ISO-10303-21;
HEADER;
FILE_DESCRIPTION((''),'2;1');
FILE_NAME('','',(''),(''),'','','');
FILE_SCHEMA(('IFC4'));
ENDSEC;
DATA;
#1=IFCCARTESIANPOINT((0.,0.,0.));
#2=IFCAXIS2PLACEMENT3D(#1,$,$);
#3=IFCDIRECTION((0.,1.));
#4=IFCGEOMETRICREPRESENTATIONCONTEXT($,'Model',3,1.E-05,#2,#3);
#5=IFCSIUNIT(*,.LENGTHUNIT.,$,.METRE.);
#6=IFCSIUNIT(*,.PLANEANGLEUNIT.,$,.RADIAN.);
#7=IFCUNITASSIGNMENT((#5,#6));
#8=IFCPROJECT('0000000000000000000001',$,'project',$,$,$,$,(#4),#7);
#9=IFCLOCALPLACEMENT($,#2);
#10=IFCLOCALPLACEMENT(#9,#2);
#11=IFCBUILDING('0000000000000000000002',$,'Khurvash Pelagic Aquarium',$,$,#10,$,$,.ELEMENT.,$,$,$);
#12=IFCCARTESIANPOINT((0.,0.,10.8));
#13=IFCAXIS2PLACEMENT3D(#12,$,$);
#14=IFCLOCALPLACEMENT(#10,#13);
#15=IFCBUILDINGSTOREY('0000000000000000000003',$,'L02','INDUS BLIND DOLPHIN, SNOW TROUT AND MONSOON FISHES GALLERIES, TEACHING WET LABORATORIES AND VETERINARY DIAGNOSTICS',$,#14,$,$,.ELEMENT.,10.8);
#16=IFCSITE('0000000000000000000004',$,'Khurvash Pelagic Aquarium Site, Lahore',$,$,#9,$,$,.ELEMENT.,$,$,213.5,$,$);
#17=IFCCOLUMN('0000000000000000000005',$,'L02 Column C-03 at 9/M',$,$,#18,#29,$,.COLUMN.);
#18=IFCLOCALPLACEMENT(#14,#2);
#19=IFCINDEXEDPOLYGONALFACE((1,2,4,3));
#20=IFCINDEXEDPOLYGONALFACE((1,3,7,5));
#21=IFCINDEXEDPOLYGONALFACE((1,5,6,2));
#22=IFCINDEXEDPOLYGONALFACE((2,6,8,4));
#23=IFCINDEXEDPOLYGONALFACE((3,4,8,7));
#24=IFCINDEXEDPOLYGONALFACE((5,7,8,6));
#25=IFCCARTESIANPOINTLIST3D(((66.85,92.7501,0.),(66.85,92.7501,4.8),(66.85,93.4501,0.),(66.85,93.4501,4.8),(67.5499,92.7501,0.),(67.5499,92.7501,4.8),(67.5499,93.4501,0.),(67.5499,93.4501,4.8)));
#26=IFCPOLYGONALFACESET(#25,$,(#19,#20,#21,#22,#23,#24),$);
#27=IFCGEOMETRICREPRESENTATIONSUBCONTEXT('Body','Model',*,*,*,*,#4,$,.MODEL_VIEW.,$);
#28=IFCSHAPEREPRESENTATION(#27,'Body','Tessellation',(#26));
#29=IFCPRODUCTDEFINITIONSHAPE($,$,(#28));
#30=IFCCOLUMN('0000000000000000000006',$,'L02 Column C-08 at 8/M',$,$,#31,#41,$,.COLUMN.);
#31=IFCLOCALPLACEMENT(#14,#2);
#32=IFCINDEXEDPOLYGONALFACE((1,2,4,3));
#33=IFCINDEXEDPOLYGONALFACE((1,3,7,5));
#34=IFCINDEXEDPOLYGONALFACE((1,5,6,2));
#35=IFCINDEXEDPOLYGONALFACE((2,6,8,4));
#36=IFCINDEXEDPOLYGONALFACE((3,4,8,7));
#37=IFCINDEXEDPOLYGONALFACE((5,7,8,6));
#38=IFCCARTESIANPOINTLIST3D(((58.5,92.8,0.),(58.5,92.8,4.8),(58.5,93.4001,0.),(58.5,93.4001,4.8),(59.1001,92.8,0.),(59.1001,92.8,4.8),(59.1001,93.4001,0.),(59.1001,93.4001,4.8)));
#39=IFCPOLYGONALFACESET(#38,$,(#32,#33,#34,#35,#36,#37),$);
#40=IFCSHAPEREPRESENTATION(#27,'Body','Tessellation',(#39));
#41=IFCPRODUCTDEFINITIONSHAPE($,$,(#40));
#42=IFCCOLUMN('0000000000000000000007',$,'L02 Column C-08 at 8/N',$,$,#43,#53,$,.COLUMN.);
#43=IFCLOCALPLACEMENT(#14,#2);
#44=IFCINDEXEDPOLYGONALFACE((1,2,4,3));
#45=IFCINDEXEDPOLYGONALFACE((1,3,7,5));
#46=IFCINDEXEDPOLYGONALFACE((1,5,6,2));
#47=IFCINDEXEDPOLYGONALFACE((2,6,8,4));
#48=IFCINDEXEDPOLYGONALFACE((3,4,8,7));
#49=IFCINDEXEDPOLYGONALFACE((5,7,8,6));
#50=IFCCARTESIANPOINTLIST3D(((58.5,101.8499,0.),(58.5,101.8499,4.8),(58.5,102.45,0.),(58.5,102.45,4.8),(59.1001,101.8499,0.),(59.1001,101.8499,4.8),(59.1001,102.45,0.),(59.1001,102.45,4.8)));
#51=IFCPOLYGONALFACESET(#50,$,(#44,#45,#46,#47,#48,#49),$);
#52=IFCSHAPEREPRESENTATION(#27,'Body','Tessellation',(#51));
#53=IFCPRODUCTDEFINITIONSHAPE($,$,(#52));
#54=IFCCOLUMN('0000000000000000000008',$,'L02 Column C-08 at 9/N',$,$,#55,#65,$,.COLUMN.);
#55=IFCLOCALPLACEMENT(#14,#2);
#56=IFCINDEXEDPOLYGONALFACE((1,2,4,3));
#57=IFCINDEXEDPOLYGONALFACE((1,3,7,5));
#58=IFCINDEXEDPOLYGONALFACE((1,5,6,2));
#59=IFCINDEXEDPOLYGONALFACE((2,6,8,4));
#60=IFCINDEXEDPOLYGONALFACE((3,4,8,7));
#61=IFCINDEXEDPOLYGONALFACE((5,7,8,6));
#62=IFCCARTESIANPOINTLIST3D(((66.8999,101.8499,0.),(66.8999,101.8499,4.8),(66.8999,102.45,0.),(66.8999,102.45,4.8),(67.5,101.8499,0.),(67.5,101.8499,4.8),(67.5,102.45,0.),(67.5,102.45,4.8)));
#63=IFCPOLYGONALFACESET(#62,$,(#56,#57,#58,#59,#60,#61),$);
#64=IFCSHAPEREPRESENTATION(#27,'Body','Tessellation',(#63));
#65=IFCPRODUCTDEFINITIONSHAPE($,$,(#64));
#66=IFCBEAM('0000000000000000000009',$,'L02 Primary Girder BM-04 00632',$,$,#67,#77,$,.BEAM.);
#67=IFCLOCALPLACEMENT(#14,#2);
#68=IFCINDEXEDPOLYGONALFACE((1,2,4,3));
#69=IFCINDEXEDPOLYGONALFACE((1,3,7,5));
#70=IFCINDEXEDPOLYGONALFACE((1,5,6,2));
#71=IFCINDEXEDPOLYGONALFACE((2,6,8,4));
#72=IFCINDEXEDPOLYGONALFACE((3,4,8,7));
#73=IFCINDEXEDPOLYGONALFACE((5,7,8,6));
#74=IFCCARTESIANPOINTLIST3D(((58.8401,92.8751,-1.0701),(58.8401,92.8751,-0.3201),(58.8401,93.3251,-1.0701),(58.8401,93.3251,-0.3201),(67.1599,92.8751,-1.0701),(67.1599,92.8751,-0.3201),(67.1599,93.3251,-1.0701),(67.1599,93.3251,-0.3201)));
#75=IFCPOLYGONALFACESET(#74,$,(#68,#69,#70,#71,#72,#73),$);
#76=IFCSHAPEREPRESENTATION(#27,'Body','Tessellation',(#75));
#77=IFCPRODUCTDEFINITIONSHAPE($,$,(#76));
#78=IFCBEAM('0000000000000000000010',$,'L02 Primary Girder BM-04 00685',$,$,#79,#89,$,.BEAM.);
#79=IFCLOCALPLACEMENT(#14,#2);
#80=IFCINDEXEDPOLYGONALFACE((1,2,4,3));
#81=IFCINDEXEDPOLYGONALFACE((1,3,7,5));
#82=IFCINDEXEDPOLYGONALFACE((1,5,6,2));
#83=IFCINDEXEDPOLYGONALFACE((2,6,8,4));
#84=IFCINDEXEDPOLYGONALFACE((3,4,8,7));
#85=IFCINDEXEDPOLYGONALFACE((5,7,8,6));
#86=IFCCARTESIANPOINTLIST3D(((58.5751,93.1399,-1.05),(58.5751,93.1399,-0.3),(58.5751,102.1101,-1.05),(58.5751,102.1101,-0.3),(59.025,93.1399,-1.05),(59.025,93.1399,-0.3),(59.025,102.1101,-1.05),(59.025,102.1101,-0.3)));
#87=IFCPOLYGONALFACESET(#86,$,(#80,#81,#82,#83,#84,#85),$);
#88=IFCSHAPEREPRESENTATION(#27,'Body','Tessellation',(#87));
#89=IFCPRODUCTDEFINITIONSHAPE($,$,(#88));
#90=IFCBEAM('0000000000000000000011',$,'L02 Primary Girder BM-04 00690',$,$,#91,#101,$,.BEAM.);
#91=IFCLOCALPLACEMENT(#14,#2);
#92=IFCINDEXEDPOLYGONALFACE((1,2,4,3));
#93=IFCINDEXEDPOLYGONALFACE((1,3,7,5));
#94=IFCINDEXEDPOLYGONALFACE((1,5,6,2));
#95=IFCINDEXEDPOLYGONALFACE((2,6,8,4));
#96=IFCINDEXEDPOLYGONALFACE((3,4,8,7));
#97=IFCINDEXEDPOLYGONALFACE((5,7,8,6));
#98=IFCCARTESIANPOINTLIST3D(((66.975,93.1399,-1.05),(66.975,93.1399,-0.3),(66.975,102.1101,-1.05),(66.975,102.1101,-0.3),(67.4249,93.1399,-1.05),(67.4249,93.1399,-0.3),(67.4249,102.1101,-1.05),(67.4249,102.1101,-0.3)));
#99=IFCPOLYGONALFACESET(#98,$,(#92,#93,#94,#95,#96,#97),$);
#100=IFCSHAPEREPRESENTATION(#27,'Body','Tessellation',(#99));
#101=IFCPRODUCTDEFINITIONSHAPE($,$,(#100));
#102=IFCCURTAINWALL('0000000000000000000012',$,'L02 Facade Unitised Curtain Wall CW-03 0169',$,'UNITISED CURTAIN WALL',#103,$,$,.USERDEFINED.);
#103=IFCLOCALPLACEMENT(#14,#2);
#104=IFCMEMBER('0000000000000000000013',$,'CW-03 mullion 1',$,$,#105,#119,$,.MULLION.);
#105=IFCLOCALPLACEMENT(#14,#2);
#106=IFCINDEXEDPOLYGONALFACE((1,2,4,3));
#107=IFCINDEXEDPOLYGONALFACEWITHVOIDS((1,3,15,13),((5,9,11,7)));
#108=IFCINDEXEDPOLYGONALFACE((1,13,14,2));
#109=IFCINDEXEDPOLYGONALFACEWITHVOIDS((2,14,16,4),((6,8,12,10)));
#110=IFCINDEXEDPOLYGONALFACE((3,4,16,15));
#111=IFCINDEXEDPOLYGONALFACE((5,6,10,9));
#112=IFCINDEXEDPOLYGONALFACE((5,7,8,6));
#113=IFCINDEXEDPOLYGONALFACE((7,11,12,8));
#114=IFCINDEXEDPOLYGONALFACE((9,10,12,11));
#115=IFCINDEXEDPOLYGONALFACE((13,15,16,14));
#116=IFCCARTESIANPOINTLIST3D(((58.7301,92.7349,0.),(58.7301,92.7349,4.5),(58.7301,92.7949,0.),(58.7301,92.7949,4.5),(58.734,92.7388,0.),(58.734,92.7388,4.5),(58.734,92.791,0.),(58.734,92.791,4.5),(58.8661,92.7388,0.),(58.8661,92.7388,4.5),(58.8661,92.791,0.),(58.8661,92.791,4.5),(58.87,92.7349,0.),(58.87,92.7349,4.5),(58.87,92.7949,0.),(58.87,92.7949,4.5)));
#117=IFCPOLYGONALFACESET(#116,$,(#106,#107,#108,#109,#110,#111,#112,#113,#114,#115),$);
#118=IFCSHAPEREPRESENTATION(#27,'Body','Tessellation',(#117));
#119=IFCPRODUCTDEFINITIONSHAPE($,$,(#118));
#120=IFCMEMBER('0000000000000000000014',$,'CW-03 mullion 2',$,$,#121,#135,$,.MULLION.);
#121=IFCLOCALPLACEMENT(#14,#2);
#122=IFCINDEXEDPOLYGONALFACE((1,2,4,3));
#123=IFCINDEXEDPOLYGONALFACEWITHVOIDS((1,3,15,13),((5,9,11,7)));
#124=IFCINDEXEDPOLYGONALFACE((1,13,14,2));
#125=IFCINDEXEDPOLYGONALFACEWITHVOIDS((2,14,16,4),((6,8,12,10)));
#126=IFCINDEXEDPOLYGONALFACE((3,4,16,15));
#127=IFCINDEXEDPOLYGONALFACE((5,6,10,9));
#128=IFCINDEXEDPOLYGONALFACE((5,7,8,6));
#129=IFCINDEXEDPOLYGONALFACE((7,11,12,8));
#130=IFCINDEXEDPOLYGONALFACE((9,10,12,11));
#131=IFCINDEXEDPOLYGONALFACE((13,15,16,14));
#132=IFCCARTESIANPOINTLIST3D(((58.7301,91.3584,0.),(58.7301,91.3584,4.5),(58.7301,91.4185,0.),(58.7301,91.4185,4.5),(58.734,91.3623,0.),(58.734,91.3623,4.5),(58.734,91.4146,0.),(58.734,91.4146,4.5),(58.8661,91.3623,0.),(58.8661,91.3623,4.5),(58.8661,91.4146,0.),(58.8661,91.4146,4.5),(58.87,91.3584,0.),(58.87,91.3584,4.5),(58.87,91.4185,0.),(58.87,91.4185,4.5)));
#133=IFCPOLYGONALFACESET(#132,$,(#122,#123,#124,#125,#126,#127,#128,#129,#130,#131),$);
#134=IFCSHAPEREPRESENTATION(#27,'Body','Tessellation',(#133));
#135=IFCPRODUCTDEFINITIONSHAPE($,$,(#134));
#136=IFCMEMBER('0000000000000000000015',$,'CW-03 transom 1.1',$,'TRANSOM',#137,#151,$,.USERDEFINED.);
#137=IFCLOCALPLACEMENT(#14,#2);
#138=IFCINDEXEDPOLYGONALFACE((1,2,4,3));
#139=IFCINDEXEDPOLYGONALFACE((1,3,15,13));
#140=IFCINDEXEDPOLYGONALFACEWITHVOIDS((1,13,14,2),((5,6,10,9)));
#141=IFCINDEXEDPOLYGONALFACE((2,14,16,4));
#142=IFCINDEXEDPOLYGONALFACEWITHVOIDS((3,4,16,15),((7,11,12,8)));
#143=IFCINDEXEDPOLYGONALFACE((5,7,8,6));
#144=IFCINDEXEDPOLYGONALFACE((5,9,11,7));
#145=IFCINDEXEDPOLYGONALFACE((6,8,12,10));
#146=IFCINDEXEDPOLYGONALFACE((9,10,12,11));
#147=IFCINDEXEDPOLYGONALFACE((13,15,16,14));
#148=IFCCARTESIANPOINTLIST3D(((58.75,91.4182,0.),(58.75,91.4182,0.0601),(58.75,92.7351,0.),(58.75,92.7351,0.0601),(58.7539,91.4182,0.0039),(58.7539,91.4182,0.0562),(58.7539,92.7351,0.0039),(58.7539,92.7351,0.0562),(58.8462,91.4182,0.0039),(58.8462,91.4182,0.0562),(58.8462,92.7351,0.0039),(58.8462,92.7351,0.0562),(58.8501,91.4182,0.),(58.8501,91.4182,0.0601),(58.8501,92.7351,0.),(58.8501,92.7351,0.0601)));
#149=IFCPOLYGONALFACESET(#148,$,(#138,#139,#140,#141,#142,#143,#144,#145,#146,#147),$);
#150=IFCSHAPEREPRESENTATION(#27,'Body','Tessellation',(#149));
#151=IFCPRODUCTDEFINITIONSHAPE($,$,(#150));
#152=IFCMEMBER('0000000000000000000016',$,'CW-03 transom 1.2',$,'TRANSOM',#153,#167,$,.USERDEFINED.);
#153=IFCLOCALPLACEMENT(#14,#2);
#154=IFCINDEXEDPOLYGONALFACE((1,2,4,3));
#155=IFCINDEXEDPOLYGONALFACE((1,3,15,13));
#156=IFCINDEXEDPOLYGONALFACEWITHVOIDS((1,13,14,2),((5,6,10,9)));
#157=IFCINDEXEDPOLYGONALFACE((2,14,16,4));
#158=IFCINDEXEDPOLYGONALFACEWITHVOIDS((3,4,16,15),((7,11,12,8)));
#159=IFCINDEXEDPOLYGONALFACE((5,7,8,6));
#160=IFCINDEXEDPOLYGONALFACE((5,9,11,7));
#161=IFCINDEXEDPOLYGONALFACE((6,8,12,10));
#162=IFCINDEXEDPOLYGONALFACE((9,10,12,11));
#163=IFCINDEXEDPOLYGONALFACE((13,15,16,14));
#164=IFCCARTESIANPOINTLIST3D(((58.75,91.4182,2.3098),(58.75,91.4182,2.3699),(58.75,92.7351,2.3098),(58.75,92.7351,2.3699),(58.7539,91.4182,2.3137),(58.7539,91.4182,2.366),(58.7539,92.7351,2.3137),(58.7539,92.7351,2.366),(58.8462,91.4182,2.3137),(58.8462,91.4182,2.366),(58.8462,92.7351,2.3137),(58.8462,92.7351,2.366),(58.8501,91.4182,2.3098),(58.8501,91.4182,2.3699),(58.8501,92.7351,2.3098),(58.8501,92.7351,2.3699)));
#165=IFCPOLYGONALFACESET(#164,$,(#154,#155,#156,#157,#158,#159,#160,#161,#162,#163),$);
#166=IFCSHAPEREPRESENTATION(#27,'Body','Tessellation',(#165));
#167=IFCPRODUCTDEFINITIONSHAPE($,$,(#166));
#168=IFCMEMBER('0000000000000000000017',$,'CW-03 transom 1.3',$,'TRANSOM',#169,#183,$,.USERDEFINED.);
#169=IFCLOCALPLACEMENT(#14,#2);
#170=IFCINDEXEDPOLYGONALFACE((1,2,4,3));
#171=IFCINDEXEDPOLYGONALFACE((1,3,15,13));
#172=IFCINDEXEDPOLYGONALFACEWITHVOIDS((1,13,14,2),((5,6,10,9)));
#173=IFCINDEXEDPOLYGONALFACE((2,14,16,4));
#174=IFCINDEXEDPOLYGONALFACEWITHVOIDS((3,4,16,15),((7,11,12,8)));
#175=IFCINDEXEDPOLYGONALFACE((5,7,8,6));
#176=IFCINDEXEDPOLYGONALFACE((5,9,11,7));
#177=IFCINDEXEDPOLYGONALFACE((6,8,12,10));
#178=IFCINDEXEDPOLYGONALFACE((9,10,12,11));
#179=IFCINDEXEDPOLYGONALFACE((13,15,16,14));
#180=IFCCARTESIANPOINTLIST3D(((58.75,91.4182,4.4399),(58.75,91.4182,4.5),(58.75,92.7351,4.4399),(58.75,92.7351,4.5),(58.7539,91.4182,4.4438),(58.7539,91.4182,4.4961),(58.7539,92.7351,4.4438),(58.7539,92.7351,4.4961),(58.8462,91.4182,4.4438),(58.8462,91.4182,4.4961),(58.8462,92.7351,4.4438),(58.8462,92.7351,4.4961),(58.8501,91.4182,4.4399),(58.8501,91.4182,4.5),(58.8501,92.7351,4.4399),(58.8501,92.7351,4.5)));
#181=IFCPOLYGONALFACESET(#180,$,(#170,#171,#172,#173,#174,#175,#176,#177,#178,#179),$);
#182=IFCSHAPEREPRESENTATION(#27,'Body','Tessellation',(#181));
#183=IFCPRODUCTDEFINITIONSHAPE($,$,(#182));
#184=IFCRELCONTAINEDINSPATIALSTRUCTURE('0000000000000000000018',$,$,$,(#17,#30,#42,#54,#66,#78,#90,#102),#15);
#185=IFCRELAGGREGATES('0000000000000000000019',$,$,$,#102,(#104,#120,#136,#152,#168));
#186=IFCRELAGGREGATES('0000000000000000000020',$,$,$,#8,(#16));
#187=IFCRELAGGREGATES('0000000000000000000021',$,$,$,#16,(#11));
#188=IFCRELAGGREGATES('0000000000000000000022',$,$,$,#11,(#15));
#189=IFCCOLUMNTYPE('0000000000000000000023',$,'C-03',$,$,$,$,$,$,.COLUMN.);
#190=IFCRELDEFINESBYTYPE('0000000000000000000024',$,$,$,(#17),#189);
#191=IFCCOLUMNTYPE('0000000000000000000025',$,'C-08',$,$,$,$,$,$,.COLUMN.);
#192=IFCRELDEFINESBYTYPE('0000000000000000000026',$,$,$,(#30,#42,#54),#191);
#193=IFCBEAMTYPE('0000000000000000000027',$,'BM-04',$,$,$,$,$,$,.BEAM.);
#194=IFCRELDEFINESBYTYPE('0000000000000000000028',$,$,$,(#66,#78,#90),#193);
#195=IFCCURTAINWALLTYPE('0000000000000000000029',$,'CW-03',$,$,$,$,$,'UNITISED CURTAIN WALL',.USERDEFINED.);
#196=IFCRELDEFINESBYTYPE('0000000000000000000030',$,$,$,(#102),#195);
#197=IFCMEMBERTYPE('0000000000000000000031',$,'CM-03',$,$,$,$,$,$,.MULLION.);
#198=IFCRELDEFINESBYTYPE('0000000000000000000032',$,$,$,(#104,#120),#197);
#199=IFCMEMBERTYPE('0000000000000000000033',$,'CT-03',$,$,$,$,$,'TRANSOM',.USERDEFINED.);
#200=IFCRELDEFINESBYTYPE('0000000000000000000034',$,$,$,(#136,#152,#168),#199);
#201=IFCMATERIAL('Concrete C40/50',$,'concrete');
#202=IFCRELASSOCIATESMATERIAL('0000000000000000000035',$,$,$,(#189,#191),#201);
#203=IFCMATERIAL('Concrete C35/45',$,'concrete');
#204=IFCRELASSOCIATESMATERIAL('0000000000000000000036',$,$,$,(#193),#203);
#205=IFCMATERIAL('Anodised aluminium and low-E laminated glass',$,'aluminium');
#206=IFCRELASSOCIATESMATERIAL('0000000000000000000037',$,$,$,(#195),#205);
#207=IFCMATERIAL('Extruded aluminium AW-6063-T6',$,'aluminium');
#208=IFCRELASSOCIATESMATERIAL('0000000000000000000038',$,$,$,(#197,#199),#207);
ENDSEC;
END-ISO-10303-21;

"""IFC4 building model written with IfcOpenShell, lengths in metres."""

from ifc_helpers import new_model, si_unit, direction, frame, origin, origin_2d, place, context, subcontext, project, spatial, rectangle, hollow_rectangle, extrude, material, material_profile, profile_set, type_object, element, aggregate, save


model = new_model("IFC4")

# Units and contexts
model_context = context("Model", 3, precision=1e-05, world=origin(), true_north=direction((0.0, 1.0)))
body_context = subcontext(model_context, "Body", "Model", "MODEL_VIEW")
ifc_project = project(units=[si_unit("LENGTHUNIT", "METRE"), si_unit("PLANEANGLEUNIT", "RADIAN")], contexts=[model_context])

# Site, building, storey
site_placement = place(None, origin())
site = spatial("IfcSite", under=ifc_project, at=site_placement, Name="Khurvash Pelagic Aquarium Site, Lahore", CompositionType="ELEMENT", RefElevation=213.5)
building_placement = place(site_placement, origin())
building = spatial("IfcBuilding", under=site, at=building_placement, Name="Khurvash Pelagic Aquarium", CompositionType="ELEMENT")
storey_placement = place(building_placement, frame((0.0, 0.0, 10.8)))
storey = spatial("IfcBuildingStorey", under=building, at=storey_placement, Name="L02", Description="INDUS BLIND DOLPHIN, SNOW TROUT AND MONSOON FISHES GALLERIES, TEACHING WET LABORATORIES AND VETERINARY DIAGNOSTICS", CompositionType="ELEMENT", Elevation=10.8)

# Columns
ifc_material_1 = material(Name="Concrete C40/50", Category="concrete")
ifc_material_profile_1 = material_profile(ifc_material_1, rectangle(XDim=0.7, YDim=0.7, at=origin_2d()), Name="RC700X700")
ifc_profile_set_1 = profile_set([ifc_material_profile_1], Name="Concrete C40/50")
column_type_1 = type_object("IfcColumnType", Name="C-03", PredefinedType="COLUMN", material=ifc_profile_set_1)
column_placement = place(storey_placement, frame((67.2, 93.1001, 0.0), z_axis=(0.0, 0.0, 1.0), x_axis=(1.0, 0.0, 0.0)))
element("IfcColumn", 1, at=column_placement, inside=storey, type_object=column_type_1, Name="L02 Column C-03 at 9/M", PredefinedType="COLUMN", context=body_context, shape_type="SweptSolid", body=[
    extrude(rectangle(XDim=0.7, YDim=0.7, at=origin_2d()), origin(), (0.0, 0.0, 1.0), 4.8),
])
ifc_material_profile_2 = material_profile(ifc_material_1, rectangle(XDim=0.6001, YDim=0.6001, at=origin_2d()), Name="RC600X600")
ifc_profile_set_2 = profile_set([ifc_material_profile_2], Name="Concrete C40/50")
column_type_2 = type_object("IfcColumnType", Name="C-08", PredefinedType="COLUMN", material=ifc_profile_set_2)
for number, where, z_axis, x_axis, name in (
    (2, (58.8, 93.1001, 0.0), (0.0, 0.0, 1.0), (1.0, 0.0, 0.0), "L02 Column C-08 at 8/M"),
    (3, (58.8, 102.1499, 0.0), (0.0, 0.0, 1.0), (1.0, 0.0, 0.0), "L02 Column C-08 at 8/N"),
    (4, (67.2, 102.1499, 0.0), (0.0, 0.0, 1.0), (1.0, 0.0, 0.0), "L02 Column C-08 at 9/N"),
):
    element("IfcColumn", number, at=place(storey_placement, frame(where, z_axis=z_axis, x_axis=x_axis)), inside=storey, type_object=column_type_2, Name=name, PredefinedType="COLUMN", context=body_context, shape_type="SweptSolid", body=[
        extrude(rectangle(XDim=0.6001, YDim=0.6001, at=origin_2d()), origin(), (0.0, 0.0, 1.0), 4.8),
    ])

# Beams
ifc_material_2 = material(Name="Concrete C35/45", Category="concrete")
ifc_material_profile_3 = material_profile(ifc_material_2, rectangle(XDim=0.45, YDim=0.75, at=origin_2d()), Name="RC450X750")
ifc_profile_set_3 = profile_set([ifc_material_profile_3], Name="Concrete C35/45")
beam_type_1 = type_object("IfcBeamType", Name="BM-04", PredefinedType="BEAM", material=ifc_profile_set_3)
beam_1_placement = place(storey_placement, frame((58.8401, 93.1001, -0.6951), z_axis=(1.0, 0.0, 0.0), x_axis=(0.0, 1.0, 0.0)))
element("IfcBeam", 5, at=beam_1_placement, inside=storey, type_object=beam_type_1, Name="L02 Primary Girder BM-04 00632", PredefinedType="BEAM", context=body_context, shape_type="SweptSolid", body=[
    extrude(rectangle(XDim=0.45, YDim=0.75, at=origin_2d()), origin(), (0.0, 0.0, 1.0), 8.3198),
])
for number, where, z_axis, x_axis, name in (
    (6, (58.8, 93.1399, -0.675), (0.0, 1.0, 0.0), (-1.0, 0.0, 0.0), "L02 Primary Girder BM-04 00685"),
    (7, (67.2, 93.1399, -0.675), (0.0, 1.0, 0.0), (-1.0, 0.0, 0.0), "L02 Primary Girder BM-04 00690"),
):
    element("IfcBeam", number, at=place(storey_placement, frame(where, z_axis=z_axis, x_axis=x_axis)), inside=storey, type_object=beam_type_1, Name=name, PredefinedType="BEAM", context=body_context, shape_type="SweptSolid", body=[
        extrude(rectangle(XDim=0.45, YDim=0.75, at=origin_2d()), origin(), (0.0, 0.0, 1.0), 8.9702),
    ])

# Curtain wall, members
ifc_material_3 = material(Name="Anodised aluminium and low-E laminated glass", Category="aluminium")
curtain_wall_type = type_object("IfcCurtainWallType", Name="CW-03", ElementType="UNITISED CURTAIN WALL", PredefinedType="USERDEFINED", material=ifc_material_3)
curtain_wall_placement = place(storey_placement, origin())
curtain_wall = element("IfcCurtainWall", 8, at=curtain_wall_placement, inside=storey, type_object=curtain_wall_type, Name="L02 Facade Unitised Curtain Wall CW-03 0169", ObjectType="UNITISED CURTAIN WALL", PredefinedType="USERDEFINED")
ifc_material_4 = material(Name="Extruded aluminium AW-6063-T6", Category="aluminium")
ifc_material_profile_4 = material_profile(ifc_material_4, hollow_rectangle(XDim=0.0601, YDim=0.1399, WallThickness=0.0039, at=origin_2d()), Name="CWM60X140X4")
ifc_profile_set_4 = profile_set([ifc_material_profile_4], Name="Extruded aluminium AW-6063-T6")
member_type_1 = type_object("IfcMemberType", Name="CM-03", PredefinedType="MULLION", material=ifc_profile_set_4)
member_1_placement = place(storey_placement, frame((58.8, 92.7649, 0.0), z_axis=(0.0, 0.0, 1.0), x_axis=(0.0, -1.0, 0.0)))
member_1 = element("IfcMember", 9, at=member_1_placement, type_object=member_type_1, Name="CW-03 mullion 1", PredefinedType="MULLION", context=body_context, shape_type="SweptSolid", body=[
    extrude(hollow_rectangle(XDim=0.0601, YDim=0.1399, WallThickness=0.0039, at=origin_2d()), origin(), (0.0, 0.0, 1.0), 4.5),
])
member_2_placement = place(storey_placement, frame((58.8, 91.3884, 0.0), z_axis=(0.0, 0.0, 1.0), x_axis=(0.0, -1.0, 0.0)))
member_2 = element("IfcMember", 10, at=member_2_placement, type_object=member_type_1, Name="CW-03 mullion 2", PredefinedType="MULLION", context=body_context, shape_type="SweptSolid", body=[
    extrude(hollow_rectangle(XDim=0.0601, YDim=0.1399, WallThickness=0.0039, at=origin_2d()), origin(), (0.0, 0.0, 1.0), 4.5),
])
ifc_material_profile_5 = material_profile(ifc_material_4, hollow_rectangle(XDim=0.1001, YDim=0.0601, WallThickness=0.0039, at=origin_2d()), Name="CWT100X60X4")
ifc_profile_set_5 = profile_set([ifc_material_profile_5], Name="Extruded aluminium AW-6063-T6")
member_type_2 = type_object("IfcMemberType", Name="CT-03", ElementType="TRANSOM", PredefinedType="USERDEFINED", material=ifc_profile_set_5)
member_3_placement = place(storey_placement, frame((58.8, 92.7351, 0.03), z_axis=(0.0, -1.0, 0.0), x_axis=(1.0, 0.0, 0.0)))
member_3 = element("IfcMember", 11, at=member_3_placement, type_object=member_type_2, Name="CW-03 transom 1.1", ObjectType="TRANSOM", PredefinedType="USERDEFINED", context=body_context, shape_type="SweptSolid", body=[
    extrude(hollow_rectangle(XDim=0.1001, YDim=0.0601, WallThickness=0.0039, at=origin_2d()), origin(), (0.0, 0.0, 1.0), 1.3169),
])
member_4_placement = place(storey_placement, frame((58.8, 92.7351, 2.3398), z_axis=(0.0, -1.0, 0.0), x_axis=(1.0, 0.0, 0.0)))
member_4 = element("IfcMember", 12, at=member_4_placement, type_object=member_type_2, Name="CW-03 transom 1.2", ObjectType="TRANSOM", PredefinedType="USERDEFINED", context=body_context, shape_type="SweptSolid", body=[
    extrude(hollow_rectangle(XDim=0.1001, YDim=0.0601, WallThickness=0.0039, at=origin_2d()), origin(), (0.0, 0.0, 1.0), 1.3169),
])
member_5_placement = place(storey_placement, frame((58.8, 92.7351, 4.47), z_axis=(0.0, -1.0, 0.0), x_axis=(1.0, 0.0, 0.0)))
member_5 = element("IfcMember", 13, at=member_5_placement, type_object=member_type_2, Name="CW-03 transom 1.3", ObjectType="TRANSOM", PredefinedType="USERDEFINED", context=body_context, shape_type="SweptSolid", body=[
    extrude(hollow_rectangle(XDim=0.1001, YDim=0.0601, WallThickness=0.0039, at=origin_2d()), origin(), (0.0, 0.0, 1.0), 1.3169),
])

aggregate(curtain_wall, [member_1, member_2, member_3, member_4, member_5])

save(model, "model.ifc")
